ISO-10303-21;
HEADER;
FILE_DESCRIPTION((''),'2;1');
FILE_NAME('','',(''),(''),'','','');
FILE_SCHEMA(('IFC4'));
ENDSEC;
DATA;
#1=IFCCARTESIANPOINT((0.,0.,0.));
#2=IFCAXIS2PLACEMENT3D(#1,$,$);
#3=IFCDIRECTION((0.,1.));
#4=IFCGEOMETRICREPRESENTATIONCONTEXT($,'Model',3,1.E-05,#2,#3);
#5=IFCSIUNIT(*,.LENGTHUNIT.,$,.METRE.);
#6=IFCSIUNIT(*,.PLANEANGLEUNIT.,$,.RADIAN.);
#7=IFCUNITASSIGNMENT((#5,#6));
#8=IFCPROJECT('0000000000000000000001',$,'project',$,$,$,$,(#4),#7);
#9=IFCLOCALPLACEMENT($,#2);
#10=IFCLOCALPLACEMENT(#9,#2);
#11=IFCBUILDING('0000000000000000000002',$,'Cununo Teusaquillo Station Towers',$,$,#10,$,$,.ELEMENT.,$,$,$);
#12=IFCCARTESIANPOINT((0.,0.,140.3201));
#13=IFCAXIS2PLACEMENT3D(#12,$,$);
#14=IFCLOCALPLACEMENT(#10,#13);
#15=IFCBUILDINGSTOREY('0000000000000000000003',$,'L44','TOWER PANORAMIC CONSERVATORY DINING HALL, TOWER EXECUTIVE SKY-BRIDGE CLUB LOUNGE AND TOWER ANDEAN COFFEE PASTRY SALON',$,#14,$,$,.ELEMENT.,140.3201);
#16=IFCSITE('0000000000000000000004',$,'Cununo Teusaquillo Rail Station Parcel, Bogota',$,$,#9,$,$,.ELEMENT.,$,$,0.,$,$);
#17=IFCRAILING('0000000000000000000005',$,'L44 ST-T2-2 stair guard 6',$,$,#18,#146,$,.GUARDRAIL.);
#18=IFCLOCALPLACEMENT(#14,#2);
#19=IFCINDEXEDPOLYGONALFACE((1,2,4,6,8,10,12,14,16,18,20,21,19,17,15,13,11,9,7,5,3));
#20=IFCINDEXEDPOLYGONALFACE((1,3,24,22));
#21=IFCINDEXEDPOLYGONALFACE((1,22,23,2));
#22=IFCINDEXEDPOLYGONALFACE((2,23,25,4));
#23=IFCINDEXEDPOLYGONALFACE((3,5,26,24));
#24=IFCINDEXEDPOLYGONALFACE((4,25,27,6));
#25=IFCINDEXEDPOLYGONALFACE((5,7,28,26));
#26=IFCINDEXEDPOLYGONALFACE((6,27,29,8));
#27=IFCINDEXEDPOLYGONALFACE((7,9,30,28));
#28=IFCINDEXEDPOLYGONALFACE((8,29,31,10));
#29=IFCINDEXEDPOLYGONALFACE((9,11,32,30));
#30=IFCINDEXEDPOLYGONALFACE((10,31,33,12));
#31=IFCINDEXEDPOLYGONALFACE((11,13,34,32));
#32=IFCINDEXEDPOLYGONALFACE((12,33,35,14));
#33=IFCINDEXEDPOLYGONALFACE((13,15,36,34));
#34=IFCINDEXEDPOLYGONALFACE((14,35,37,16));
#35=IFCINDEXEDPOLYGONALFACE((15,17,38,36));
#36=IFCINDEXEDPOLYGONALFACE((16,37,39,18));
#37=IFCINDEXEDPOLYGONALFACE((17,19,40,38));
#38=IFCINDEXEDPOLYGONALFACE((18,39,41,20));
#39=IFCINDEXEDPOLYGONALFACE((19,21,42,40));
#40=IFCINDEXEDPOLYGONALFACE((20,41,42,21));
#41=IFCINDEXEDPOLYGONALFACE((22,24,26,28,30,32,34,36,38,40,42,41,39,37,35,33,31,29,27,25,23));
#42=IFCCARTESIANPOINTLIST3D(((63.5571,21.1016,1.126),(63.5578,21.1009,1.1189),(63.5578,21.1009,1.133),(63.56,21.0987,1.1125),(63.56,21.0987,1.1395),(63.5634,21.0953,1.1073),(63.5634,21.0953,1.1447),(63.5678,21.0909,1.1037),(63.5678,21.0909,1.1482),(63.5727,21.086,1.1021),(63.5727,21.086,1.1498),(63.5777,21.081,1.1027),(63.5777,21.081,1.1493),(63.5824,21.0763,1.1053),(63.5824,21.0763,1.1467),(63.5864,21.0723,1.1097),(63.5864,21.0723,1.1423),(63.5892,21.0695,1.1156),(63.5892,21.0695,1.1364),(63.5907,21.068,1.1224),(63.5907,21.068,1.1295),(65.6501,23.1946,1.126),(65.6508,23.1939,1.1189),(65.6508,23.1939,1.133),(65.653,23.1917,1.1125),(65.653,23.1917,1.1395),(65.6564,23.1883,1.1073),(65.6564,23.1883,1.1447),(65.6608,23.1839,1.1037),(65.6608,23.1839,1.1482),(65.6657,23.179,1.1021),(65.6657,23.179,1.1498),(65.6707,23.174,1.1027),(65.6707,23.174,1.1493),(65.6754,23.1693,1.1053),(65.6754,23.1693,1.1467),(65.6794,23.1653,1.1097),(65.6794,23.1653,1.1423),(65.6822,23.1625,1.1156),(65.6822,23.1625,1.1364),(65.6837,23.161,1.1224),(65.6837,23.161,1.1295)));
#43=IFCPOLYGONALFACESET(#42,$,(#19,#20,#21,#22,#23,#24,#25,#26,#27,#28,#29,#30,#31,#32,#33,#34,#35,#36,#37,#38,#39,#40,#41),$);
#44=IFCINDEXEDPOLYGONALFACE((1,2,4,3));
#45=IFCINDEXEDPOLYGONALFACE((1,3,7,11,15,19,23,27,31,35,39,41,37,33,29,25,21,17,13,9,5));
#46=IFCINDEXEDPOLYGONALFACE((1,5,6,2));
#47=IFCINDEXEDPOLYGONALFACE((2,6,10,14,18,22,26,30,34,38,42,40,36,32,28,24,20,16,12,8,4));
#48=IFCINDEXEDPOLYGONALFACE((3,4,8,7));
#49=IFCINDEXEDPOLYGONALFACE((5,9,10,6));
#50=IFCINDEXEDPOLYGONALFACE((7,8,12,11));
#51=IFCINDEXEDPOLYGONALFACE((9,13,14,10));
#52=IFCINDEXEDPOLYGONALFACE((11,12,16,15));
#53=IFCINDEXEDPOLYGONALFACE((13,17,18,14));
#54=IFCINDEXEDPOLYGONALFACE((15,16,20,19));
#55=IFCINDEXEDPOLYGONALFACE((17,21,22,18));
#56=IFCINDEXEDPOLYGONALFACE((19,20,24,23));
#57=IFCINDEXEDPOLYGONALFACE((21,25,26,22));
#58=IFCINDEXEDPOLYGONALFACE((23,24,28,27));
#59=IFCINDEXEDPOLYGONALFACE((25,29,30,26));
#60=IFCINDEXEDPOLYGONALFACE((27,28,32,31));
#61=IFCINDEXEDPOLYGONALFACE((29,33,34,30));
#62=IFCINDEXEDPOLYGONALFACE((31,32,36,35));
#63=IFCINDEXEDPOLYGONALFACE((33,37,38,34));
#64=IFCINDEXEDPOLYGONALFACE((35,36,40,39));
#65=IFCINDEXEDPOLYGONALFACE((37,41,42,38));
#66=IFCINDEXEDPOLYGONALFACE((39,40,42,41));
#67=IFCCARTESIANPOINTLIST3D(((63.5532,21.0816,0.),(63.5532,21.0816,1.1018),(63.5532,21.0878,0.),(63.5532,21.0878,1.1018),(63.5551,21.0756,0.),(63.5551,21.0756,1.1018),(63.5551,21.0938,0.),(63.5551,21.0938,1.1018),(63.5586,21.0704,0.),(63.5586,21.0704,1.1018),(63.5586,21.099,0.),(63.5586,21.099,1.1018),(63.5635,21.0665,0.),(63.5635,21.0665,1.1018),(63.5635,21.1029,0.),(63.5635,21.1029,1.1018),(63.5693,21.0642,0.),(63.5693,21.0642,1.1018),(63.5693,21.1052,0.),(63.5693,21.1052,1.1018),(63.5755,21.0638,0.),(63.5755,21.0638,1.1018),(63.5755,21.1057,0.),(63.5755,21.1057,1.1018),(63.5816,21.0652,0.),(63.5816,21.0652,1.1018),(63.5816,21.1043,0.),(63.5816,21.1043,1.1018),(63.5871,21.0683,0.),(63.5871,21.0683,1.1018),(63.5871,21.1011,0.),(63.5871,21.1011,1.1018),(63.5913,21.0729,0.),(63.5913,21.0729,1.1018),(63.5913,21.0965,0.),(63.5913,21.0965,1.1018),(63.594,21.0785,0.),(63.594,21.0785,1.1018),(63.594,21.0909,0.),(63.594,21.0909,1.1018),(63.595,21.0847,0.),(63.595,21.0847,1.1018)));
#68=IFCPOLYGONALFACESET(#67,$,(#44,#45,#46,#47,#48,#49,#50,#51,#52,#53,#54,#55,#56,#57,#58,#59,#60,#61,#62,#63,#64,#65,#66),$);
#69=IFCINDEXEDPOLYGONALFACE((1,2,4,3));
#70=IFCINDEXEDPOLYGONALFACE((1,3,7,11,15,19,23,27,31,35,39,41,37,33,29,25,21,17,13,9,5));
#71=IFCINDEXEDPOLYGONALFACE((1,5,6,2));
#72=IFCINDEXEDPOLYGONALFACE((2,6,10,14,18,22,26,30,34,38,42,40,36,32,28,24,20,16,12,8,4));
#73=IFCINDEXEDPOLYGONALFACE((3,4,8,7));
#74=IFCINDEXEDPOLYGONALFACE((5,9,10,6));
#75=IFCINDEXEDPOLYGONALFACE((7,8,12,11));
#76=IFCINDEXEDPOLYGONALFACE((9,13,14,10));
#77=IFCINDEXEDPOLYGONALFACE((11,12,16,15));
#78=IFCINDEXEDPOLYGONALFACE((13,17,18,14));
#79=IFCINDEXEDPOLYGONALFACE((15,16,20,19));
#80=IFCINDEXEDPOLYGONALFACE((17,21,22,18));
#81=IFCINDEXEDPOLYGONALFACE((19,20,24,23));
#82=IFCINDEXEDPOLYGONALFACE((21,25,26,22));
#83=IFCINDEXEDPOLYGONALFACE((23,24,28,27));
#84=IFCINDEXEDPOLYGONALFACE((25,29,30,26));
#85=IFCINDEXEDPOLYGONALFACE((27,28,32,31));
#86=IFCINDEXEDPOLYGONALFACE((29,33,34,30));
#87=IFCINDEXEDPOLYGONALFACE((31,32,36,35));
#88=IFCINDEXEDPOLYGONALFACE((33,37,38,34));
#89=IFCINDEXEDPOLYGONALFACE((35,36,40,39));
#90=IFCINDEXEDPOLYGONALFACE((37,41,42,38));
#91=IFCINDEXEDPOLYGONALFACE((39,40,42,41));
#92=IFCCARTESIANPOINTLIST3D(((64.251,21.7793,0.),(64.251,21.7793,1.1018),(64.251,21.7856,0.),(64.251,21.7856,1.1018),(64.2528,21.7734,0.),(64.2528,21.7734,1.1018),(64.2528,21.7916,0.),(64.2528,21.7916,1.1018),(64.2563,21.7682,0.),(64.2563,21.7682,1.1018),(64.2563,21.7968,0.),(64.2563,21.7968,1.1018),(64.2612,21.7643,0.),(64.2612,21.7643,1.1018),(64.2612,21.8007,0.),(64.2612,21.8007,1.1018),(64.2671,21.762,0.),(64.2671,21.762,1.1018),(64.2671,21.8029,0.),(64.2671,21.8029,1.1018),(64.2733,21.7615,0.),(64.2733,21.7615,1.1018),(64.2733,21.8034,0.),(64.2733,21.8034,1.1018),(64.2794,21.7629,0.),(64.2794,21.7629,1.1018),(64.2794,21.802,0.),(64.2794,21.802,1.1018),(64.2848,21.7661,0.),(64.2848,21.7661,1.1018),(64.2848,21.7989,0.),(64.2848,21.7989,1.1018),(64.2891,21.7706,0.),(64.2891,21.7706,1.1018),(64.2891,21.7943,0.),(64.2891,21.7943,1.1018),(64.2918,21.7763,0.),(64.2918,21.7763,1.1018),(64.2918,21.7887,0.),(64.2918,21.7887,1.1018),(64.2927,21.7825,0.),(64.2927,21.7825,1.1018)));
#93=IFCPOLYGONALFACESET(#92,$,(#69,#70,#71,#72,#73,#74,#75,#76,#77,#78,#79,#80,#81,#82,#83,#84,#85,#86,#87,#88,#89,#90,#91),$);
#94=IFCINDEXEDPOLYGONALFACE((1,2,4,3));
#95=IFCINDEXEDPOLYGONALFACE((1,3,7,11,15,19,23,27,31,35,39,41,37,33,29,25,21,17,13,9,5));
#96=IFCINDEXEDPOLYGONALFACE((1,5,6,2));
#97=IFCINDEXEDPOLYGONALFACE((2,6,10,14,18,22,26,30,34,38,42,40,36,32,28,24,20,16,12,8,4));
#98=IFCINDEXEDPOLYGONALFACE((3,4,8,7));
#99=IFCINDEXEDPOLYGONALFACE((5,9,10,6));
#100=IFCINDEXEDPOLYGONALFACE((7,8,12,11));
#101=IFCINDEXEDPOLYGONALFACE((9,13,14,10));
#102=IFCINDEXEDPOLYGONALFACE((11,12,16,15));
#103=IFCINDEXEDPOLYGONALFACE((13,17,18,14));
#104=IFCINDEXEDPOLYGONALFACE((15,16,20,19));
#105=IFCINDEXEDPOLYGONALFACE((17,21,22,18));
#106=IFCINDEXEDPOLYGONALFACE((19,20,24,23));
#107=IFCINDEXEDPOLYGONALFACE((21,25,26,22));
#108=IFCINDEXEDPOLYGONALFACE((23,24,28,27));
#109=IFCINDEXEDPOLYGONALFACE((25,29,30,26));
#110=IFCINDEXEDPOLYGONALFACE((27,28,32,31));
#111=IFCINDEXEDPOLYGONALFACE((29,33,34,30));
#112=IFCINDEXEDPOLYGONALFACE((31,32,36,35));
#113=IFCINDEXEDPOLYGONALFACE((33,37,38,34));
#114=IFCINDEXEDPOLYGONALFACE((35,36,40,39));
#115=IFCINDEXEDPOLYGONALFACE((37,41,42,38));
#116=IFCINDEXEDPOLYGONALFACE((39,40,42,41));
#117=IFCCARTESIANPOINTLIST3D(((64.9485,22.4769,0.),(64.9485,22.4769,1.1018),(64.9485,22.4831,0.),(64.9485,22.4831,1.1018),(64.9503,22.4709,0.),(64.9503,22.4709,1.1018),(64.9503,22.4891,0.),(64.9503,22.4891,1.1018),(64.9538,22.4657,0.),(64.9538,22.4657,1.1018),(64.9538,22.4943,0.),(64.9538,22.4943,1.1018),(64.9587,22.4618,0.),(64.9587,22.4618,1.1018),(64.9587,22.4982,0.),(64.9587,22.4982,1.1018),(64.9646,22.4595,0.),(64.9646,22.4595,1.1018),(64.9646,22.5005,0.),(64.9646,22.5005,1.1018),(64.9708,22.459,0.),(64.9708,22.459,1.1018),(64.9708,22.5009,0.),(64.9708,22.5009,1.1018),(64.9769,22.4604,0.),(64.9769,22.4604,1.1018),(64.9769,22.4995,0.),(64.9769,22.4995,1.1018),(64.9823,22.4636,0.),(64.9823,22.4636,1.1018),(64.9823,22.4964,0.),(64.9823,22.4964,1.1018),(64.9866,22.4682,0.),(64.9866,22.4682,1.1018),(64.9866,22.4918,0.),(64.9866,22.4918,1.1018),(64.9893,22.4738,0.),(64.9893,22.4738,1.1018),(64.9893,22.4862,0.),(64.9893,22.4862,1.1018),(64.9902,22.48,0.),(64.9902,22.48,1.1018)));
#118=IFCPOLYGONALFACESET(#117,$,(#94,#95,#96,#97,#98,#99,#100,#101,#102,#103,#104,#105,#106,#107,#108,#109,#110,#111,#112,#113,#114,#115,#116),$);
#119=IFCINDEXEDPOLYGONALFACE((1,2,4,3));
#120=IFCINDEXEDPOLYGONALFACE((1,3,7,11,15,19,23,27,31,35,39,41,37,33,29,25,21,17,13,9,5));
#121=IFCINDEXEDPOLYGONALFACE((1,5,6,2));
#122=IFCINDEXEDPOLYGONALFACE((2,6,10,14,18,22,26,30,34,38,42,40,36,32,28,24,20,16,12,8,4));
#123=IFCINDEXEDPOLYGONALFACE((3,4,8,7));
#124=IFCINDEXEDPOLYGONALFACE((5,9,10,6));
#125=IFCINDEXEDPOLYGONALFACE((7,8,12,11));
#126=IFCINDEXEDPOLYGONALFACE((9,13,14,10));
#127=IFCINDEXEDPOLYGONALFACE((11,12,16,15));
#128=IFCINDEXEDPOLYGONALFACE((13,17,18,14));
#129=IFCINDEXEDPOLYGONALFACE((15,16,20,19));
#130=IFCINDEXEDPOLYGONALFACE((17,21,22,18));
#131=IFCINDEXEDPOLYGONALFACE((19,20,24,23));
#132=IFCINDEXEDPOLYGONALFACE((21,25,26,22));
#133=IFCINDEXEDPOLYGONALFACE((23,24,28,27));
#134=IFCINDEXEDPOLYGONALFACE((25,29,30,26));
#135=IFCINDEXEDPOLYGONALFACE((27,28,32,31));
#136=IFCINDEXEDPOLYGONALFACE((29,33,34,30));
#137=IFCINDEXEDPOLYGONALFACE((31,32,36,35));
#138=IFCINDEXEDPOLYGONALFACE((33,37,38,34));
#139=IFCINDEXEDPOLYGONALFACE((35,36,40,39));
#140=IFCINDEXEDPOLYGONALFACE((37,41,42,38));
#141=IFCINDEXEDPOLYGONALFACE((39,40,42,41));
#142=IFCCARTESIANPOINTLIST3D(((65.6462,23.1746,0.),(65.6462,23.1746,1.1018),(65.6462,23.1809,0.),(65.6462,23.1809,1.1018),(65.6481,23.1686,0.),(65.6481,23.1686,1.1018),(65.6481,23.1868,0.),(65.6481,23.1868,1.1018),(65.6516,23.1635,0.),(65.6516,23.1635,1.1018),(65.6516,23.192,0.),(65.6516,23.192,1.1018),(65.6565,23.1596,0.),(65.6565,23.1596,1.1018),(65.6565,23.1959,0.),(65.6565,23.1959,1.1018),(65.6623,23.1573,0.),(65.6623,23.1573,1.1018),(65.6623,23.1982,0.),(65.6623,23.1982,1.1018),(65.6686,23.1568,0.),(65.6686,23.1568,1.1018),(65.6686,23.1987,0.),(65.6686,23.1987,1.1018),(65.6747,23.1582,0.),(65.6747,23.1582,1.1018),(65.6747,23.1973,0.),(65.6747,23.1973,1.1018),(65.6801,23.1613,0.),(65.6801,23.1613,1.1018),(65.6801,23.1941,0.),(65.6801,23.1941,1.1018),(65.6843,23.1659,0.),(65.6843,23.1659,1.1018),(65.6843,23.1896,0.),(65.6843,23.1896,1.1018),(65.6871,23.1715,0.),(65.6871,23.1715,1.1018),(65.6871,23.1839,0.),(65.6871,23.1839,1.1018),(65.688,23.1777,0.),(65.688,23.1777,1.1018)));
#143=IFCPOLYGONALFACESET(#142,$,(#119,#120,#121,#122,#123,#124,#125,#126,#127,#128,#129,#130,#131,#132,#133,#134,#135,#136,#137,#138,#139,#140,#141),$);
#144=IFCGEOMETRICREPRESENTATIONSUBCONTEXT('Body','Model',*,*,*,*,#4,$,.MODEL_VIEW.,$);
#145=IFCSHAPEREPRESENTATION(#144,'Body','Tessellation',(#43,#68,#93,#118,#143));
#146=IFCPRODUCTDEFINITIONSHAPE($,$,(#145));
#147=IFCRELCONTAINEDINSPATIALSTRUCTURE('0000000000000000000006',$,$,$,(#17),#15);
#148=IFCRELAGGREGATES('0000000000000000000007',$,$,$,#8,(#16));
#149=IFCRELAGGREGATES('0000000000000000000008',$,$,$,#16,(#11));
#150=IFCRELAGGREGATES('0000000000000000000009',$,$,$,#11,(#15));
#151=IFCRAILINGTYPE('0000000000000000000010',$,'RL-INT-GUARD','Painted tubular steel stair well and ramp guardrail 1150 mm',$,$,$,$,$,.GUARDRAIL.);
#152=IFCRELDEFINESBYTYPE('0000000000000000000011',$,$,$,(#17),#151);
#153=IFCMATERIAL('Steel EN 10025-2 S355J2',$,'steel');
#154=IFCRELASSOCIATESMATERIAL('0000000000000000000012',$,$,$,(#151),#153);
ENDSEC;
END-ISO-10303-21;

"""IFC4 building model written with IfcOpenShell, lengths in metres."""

from ifc_helpers import new_model, si_unit, direction, frame, origin, origin_2d, place, context, subcontext, project, spatial, circle, extrude, material, type_object, element, save


model = new_model("IFC4")

# Units and contexts
model_context = context("Model", 3, precision=1e-05, world=origin(), true_north=direction((0.0, 1.0)))
body_context = subcontext(model_context, "Body", "Model", "MODEL_VIEW")
ifc_project = project(units=[si_unit("LENGTHUNIT", "METRE"), si_unit("PLANEANGLEUNIT", "RADIAN")], contexts=[model_context])

# Site, building, storey
site_placement = place(None, origin())
site = spatial("IfcSite", under=ifc_project, at=site_placement, Name="Cununo Teusaquillo Rail Station Parcel, Bogota", CompositionType="ELEMENT", RefElevation=0.0)
building_placement = place(site_placement, origin())
building = spatial("IfcBuilding", under=site, at=building_placement, Name="Cununo Teusaquillo Station Towers", CompositionType="ELEMENT")
storey_placement = place(building_placement, frame((0.0, 0.0, 140.3201)))
storey = spatial("IfcBuildingStorey", under=building, at=storey_placement, Name="L44", Description="TOWER PANORAMIC CONSERVATORY DINING HALL, TOWER EXECUTIVE SKY-BRIDGE CLUB LOUNGE AND TOWER ANDEAN COFFEE PASTRY SALON", CompositionType="ELEMENT", Elevation=140.3201)

# Railing
ifc_material_1 = material(Name="Steel EN 10025-2 S355J2", Category="steel")
railing_type = type_object("IfcRailingType", Name="RL-INT-GUARD", Description="Painted tubular steel stair well and ramp guardrail 1150 mm", PredefinedType="GUARDRAIL", material=ifc_material_1)
railing_1_placement = place(storey_placement, frame((63.574, 21.0847, 0.0)))
element("IfcRailing", 1, at=railing_1_placement, inside=storey, type_object=railing_type, Name="L44 ST-T2-2 stair guard 6", PredefinedType="GUARDRAIL", context=body_context, shape_type="SweptSolid", body=[
    extrude(circle(Radius=0.0239, at=origin_2d()), frame((0.0, 0.0, 1.126), z_axis=(0.707107, 0.707107, 0.0), x_axis=(-0.707107, 0.707107, 0.0)), (0.0, 0.0, 1.0), 2.96),
    extrude(circle(Radius=0.021, at=origin_2d()), origin(), (0.0, 0.0, 1.0), 1.1018),
    extrude(circle(Radius=0.021, at=origin_2d()), frame((0.6978, 0.6978, 0.0)), (0.0, 0.0, 1.0), 1.1018),
    extrude(circle(Radius=0.021, at=origin_2d()), frame((1.3953, 1.3953, 0.0)), (0.0, 0.0, 1.0), 1.1018),
    extrude(circle(Radius=0.021, at=origin_2d()), frame((2.093, 2.093, 0.0)), (0.0, 0.0, 1.0), 1.1018),
])

save(model, "model.ifc")
